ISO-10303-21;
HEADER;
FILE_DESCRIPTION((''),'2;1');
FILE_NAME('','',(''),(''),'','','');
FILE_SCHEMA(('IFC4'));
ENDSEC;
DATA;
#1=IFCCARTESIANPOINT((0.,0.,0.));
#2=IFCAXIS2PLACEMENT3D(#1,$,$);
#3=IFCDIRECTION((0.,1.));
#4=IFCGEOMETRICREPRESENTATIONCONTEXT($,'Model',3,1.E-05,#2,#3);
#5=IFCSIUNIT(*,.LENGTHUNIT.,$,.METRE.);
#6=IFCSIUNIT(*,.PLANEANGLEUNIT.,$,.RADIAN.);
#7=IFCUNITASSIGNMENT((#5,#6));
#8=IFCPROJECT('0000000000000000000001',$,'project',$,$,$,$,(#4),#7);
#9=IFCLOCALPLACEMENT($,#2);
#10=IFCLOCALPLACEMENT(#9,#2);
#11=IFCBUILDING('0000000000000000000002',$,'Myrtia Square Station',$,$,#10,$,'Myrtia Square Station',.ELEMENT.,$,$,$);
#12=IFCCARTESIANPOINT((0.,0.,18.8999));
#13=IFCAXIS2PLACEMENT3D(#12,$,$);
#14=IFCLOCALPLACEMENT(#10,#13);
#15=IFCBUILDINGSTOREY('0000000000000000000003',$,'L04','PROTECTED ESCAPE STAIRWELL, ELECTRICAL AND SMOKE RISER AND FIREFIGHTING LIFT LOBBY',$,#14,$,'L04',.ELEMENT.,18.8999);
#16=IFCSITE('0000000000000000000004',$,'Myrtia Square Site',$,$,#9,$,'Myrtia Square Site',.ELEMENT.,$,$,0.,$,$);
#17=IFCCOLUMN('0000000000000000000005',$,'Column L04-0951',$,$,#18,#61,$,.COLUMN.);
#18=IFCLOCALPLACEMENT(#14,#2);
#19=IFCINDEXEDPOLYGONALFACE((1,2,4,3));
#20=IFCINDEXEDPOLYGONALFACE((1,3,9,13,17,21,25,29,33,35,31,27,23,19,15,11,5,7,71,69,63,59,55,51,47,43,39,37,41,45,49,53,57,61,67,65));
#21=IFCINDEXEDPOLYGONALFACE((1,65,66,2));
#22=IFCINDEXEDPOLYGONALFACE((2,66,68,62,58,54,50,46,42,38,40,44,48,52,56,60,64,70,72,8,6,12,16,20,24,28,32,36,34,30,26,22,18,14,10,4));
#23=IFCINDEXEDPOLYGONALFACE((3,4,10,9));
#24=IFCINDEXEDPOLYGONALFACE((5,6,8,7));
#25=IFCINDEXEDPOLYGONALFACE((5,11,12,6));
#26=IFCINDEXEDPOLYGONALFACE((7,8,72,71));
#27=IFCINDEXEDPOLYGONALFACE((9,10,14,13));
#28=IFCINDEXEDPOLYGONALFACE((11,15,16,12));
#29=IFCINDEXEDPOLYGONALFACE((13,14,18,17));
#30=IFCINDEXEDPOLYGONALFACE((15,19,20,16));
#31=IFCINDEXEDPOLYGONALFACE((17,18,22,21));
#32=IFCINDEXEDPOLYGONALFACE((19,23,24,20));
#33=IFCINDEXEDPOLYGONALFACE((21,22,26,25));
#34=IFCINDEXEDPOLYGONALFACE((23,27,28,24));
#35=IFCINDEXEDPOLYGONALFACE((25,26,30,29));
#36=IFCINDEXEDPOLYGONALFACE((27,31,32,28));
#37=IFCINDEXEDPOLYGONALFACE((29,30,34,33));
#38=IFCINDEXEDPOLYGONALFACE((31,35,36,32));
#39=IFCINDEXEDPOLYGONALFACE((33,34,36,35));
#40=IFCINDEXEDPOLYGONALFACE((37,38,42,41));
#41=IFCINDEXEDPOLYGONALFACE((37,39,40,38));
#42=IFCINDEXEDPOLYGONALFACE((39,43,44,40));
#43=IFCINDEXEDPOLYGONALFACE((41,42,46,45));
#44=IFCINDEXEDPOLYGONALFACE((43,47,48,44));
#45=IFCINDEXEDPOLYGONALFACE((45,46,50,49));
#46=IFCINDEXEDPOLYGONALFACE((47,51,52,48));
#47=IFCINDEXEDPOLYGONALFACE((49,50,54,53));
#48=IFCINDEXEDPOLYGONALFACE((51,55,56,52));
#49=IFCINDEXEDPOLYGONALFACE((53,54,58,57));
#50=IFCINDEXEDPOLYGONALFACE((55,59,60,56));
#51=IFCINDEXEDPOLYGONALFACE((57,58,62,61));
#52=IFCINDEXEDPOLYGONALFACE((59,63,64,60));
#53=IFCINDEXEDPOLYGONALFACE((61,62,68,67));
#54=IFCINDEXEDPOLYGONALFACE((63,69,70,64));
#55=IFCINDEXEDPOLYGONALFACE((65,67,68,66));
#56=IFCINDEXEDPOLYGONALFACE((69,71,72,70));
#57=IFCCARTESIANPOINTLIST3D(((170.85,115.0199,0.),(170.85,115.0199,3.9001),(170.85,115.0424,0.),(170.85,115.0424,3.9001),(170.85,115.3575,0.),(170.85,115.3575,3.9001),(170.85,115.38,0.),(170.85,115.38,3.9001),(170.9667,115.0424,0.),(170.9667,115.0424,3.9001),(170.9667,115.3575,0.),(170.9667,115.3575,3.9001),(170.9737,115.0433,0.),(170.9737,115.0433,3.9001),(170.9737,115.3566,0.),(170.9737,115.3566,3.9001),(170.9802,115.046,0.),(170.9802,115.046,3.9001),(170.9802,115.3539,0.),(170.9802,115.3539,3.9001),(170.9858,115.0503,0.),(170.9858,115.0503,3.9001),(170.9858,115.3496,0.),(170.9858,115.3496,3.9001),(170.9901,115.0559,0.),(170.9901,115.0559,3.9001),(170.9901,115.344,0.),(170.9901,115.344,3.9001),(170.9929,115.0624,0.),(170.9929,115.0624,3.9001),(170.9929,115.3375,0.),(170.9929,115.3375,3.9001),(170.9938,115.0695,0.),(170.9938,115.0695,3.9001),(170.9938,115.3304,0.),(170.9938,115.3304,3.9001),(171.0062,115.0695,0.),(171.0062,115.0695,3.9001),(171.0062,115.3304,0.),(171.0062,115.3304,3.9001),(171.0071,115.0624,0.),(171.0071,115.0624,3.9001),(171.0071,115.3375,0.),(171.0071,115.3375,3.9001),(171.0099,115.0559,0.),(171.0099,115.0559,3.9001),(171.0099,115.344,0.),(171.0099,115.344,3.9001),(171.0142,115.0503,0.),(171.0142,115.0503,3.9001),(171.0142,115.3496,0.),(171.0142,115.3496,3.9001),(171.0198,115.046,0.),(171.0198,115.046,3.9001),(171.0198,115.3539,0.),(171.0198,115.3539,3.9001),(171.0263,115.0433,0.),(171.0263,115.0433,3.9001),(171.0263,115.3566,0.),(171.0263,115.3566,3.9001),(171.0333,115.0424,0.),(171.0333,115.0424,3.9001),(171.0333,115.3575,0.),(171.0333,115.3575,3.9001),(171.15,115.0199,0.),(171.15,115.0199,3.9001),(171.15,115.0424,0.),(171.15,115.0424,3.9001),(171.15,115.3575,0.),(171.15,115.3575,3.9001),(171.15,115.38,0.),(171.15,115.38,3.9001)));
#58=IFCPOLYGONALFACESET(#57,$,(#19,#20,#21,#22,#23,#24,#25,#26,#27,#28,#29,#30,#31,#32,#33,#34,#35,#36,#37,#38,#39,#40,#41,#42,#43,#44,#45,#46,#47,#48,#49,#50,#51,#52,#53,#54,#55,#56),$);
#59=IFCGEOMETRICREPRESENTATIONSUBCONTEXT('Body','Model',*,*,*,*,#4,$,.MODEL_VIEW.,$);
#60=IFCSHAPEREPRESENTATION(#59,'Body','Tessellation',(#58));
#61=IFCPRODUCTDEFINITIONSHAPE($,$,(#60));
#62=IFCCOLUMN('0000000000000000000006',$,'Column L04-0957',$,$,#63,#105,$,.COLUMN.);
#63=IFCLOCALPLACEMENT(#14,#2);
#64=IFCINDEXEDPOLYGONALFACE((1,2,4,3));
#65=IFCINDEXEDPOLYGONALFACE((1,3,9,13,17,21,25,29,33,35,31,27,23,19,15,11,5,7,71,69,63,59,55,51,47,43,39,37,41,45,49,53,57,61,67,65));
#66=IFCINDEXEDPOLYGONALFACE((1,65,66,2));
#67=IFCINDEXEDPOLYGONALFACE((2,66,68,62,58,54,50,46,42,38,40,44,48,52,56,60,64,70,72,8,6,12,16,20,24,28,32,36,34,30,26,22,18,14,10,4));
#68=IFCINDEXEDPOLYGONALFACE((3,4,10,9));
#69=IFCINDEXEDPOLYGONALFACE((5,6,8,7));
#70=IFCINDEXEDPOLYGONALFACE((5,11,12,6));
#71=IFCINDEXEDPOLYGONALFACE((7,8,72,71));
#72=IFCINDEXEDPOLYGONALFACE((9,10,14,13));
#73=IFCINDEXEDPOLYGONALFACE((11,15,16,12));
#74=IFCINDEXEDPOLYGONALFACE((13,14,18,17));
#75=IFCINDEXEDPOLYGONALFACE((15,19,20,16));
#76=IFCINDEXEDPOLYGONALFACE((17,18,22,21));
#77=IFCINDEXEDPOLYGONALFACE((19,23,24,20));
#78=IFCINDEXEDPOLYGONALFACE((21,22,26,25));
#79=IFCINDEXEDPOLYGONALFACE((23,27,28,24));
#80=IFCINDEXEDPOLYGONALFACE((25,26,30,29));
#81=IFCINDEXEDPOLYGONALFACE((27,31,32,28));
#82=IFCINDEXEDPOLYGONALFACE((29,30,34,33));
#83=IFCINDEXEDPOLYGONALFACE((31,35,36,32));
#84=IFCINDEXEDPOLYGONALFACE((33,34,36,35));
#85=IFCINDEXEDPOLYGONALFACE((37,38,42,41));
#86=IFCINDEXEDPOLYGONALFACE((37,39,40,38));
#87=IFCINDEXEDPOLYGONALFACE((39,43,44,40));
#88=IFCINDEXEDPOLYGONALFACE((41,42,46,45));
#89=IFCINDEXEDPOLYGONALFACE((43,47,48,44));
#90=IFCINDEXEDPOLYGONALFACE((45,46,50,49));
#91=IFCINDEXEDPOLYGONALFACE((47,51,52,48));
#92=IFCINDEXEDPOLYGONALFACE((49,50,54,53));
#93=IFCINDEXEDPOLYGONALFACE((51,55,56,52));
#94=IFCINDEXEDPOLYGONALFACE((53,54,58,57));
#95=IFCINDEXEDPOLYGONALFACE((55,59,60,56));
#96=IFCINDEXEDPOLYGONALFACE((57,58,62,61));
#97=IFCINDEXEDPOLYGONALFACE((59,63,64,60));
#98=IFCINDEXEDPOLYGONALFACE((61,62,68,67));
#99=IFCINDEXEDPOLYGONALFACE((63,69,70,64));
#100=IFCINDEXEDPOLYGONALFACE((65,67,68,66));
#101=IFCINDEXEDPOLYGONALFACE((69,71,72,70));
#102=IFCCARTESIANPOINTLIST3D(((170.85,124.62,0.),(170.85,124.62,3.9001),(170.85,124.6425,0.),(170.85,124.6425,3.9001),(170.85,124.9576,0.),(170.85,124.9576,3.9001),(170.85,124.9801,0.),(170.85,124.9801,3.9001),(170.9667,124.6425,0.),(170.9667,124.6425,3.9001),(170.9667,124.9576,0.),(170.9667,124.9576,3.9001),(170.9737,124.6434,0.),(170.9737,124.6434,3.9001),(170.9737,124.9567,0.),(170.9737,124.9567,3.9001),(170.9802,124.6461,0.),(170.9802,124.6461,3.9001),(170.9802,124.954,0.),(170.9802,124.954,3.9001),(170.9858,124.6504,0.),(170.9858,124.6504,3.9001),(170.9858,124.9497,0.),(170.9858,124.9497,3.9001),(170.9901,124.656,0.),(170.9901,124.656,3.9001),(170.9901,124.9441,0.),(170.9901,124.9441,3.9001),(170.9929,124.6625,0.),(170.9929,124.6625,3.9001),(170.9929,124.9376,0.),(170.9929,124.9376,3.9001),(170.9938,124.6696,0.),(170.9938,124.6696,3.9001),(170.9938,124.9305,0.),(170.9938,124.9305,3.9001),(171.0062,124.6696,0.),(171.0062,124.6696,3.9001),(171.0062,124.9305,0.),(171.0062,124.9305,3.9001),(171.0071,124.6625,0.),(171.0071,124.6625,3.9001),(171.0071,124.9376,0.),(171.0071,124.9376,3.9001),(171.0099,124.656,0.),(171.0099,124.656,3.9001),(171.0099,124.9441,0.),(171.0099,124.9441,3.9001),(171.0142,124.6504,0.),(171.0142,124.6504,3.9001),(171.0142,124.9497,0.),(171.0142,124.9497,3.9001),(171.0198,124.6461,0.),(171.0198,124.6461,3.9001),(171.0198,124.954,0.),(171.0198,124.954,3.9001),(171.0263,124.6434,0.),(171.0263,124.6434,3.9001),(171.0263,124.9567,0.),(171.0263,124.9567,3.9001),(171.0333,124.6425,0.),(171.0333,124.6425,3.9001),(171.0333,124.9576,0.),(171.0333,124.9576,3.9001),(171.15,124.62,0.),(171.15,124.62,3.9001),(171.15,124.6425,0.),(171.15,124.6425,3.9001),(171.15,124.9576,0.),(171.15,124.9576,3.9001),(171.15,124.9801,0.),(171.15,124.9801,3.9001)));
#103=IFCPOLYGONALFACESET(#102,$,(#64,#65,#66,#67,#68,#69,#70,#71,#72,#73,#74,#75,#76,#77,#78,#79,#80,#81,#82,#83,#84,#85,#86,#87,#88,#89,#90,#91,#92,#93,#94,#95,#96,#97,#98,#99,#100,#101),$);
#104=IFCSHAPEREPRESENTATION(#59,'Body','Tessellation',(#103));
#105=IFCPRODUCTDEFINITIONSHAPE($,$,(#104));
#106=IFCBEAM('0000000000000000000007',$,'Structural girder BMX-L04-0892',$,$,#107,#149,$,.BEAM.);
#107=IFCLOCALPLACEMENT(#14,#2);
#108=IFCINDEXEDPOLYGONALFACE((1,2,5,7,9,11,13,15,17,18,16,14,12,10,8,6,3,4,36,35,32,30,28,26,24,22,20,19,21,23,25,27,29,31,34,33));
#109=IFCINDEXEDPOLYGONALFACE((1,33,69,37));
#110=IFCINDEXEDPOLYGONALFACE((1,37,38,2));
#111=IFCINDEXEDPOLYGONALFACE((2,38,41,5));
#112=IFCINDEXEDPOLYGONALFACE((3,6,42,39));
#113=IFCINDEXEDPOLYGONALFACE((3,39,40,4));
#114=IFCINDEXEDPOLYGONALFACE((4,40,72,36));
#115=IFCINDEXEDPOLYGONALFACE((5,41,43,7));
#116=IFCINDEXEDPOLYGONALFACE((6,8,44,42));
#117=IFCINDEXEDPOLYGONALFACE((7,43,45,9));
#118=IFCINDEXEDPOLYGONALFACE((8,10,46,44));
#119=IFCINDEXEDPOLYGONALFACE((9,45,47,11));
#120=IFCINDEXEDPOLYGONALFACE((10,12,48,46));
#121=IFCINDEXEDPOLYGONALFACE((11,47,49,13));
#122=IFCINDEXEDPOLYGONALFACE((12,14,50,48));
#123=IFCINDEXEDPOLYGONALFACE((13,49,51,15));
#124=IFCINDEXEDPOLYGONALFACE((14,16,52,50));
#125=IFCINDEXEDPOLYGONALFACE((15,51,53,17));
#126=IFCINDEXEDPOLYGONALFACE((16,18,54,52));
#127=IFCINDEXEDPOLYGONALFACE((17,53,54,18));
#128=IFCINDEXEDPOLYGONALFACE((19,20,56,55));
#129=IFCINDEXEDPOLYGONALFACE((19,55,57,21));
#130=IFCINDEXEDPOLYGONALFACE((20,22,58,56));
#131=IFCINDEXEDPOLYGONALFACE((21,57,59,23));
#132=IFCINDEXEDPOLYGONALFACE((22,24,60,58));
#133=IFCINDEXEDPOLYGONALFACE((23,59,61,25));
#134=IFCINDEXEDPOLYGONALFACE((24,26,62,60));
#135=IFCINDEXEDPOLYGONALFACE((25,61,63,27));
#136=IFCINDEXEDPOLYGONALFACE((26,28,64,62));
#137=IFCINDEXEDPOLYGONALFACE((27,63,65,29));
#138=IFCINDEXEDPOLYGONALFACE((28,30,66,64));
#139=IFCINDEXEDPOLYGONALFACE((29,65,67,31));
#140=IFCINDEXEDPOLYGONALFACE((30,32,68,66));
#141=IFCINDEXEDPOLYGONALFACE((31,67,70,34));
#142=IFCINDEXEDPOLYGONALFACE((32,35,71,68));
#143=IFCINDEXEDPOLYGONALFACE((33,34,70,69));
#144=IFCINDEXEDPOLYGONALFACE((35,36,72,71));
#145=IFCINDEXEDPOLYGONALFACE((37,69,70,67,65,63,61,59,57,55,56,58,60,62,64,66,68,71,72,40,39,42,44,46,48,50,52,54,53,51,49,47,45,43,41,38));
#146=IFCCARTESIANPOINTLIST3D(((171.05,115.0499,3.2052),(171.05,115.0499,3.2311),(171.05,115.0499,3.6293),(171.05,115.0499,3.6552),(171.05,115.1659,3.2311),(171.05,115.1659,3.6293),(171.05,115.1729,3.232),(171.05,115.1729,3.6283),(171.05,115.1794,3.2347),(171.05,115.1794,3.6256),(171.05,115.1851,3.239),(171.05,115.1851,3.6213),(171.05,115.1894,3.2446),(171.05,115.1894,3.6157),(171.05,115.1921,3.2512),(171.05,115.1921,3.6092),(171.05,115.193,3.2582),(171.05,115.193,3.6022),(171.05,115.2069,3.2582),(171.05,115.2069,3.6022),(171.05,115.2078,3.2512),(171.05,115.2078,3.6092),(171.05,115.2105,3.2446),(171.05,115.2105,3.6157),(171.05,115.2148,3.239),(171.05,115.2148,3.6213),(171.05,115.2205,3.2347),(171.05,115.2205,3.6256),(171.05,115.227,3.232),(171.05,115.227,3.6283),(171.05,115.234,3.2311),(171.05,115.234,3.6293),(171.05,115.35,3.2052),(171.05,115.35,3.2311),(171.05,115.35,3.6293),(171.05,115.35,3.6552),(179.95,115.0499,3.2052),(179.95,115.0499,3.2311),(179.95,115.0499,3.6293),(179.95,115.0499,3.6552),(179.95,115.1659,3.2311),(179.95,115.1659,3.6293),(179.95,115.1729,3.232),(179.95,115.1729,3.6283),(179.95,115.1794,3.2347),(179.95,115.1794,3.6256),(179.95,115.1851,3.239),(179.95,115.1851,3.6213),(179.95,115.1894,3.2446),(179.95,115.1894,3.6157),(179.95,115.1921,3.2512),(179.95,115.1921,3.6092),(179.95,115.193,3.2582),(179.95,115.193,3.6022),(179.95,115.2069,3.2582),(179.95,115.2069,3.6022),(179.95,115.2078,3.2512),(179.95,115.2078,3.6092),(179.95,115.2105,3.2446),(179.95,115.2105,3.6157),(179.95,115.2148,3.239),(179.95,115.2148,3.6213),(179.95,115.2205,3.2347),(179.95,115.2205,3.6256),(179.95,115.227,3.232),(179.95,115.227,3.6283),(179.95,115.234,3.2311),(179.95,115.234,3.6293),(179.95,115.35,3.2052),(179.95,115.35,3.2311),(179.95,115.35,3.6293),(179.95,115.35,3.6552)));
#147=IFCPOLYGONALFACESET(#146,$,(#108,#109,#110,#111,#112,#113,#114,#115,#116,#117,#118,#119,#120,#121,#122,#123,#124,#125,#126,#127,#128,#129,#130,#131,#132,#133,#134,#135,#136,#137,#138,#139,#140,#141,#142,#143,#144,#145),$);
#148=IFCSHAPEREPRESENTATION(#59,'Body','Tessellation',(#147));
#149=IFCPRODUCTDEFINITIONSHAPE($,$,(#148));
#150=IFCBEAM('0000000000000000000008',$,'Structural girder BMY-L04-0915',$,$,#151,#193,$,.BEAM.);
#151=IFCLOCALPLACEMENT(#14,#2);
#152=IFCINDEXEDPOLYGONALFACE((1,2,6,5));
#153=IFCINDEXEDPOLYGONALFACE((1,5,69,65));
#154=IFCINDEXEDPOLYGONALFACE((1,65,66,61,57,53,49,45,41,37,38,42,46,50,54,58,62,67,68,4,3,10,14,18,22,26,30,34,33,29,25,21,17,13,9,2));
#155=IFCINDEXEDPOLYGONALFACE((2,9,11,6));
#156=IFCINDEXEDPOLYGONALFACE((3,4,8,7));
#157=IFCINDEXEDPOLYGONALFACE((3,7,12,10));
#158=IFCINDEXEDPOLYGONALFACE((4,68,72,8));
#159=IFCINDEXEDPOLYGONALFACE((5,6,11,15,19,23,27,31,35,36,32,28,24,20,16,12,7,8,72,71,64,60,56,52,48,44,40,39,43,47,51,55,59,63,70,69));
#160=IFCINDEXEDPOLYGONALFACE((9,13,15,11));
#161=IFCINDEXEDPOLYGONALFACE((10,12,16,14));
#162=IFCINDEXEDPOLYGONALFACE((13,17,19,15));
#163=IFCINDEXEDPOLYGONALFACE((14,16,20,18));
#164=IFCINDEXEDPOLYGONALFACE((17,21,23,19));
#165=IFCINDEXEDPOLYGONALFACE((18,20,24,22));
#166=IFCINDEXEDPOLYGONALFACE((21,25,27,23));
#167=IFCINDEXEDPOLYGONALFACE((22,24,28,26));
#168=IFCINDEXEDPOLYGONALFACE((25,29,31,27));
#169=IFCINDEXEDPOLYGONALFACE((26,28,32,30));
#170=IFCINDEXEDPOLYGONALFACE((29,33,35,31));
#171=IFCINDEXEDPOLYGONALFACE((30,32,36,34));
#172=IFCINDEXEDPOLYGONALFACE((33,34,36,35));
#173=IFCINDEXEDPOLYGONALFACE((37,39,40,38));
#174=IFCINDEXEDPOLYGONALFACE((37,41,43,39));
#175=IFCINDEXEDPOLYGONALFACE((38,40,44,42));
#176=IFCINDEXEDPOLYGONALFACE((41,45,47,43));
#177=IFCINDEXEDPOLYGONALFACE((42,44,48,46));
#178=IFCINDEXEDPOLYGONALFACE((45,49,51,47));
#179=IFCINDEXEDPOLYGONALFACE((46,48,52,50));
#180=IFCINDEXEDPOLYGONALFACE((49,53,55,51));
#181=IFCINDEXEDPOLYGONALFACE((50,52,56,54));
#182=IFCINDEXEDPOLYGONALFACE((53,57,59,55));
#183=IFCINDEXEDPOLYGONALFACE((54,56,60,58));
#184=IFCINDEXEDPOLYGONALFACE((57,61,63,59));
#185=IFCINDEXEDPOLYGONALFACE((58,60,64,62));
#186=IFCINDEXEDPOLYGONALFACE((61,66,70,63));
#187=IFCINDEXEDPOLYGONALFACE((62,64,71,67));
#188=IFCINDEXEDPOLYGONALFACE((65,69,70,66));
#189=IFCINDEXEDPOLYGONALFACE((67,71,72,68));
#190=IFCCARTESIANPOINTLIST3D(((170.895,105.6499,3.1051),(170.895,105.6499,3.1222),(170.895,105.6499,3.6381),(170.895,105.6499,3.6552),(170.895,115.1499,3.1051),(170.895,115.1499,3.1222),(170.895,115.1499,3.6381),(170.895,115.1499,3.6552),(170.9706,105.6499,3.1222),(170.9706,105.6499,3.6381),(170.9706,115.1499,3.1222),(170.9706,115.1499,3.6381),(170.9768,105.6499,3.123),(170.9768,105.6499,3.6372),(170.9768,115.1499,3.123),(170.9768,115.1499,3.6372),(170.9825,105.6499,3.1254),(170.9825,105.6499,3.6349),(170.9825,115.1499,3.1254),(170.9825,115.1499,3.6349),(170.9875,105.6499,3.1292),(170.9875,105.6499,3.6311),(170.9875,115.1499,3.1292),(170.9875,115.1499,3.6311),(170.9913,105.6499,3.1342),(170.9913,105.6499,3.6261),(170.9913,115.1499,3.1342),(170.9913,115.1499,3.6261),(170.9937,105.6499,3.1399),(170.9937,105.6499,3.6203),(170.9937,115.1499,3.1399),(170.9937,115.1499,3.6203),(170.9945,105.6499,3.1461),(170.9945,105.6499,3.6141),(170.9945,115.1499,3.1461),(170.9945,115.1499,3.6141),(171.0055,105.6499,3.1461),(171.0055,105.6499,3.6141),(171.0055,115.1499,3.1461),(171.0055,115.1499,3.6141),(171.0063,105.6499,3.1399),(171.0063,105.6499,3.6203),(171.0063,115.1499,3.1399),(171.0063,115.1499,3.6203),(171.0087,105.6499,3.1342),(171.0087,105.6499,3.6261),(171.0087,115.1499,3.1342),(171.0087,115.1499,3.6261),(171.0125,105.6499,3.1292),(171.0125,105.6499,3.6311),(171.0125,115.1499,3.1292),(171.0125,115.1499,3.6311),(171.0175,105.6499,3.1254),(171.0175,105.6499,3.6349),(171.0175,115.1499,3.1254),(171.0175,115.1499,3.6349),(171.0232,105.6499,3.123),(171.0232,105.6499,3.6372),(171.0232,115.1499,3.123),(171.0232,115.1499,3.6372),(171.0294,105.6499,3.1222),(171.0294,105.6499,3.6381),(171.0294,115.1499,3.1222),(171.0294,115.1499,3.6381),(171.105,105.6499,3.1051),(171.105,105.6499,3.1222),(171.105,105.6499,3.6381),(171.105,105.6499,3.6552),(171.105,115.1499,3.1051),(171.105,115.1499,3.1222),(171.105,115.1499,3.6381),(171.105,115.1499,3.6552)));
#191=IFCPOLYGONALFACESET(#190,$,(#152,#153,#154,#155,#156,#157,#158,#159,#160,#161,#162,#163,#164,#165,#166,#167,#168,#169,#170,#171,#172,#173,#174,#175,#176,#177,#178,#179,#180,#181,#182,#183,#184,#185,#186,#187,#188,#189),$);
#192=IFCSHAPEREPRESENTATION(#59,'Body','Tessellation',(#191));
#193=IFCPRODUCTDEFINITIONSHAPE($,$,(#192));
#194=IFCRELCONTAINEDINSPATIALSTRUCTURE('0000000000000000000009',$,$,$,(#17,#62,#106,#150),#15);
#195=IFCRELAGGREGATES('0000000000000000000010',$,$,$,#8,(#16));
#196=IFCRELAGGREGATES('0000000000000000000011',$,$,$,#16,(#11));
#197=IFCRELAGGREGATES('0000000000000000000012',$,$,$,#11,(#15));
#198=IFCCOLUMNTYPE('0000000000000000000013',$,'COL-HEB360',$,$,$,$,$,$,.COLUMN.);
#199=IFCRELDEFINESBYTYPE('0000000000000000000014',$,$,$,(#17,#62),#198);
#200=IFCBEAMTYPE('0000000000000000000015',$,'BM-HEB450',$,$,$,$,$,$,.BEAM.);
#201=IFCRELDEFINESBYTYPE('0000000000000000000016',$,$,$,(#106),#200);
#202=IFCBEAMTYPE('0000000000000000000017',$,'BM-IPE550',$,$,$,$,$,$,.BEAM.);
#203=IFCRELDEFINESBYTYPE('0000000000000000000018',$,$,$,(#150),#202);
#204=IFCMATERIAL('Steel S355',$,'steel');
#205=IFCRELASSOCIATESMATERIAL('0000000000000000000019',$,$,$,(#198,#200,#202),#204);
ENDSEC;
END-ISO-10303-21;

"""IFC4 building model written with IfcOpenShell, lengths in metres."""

from ifc_helpers import new_model, si_unit, direction, frame, origin, origin_2d, place, context, subcontext, project, spatial, i_section, extrude, material, material_profile, profile_set, type_object, element, save


model = new_model("IFC4")

# Units and contexts
model_context = context("Model", 3, precision=1e-05, world=origin(), true_north=direction((0.0, 1.0)))
body_context = subcontext(model_context, "Body", "Model", "MODEL_VIEW")
ifc_project = project(units=[si_unit("LENGTHUNIT", "METRE"), si_unit("PLANEANGLEUNIT", "RADIAN")], contexts=[model_context])

# Site, building, storey
site_placement = place(None, origin())
site = spatial("IfcSite", under=ifc_project, at=site_placement, Name="Myrtia Square Site", LongName="Myrtia Square Site", CompositionType="ELEMENT", RefElevation=0.0)
building_placement = place(site_placement, origin())
building = spatial("IfcBuilding", under=site, at=building_placement, Name="Myrtia Square Station", LongName="Myrtia Square Station", CompositionType="ELEMENT")
storey_placement = place(building_placement, frame((0.0, 0.0, 18.8999)))
storey = spatial("IfcBuildingStorey", under=building, at=storey_placement, Name="L04", Description="PROTECTED ESCAPE STAIRWELL, ELECTRICAL AND SMOKE RISER AND FIREFIGHTING LIFT LOBBY", LongName="L04", CompositionType="ELEMENT", Elevation=18.8999)

# Columns
ifc_material_1 = material(Name="Steel S355", Category="steel")
ifc_material_profile_1 = material_profile(ifc_material_1, i_section(OverallWidth=0.3, OverallDepth=0.3601, WebThickness=0.0125, FlangeThickness=0.0225, FilletRadius=0.0271, at=origin_2d()), Name="HEB 360")
ifc_profile_set_1 = profile_set([ifc_material_profile_1], Name="Steel S355")
column_type = type_object("IfcColumnType", Name="COL-HEB360", PredefinedType="COLUMN", material=ifc_profile_set_1)
for number, where, z_axis, x_axis, name in (
    (1, (171.0, 115.2, 0.0), (0.0, 0.0, 1.0), (1.0, 0.0, 0.0), "Column L04-0951"),
    (2, (171.0, 124.8, 0.0), (0.0, 0.0, 1.0), (1.0, 0.0, 0.0), "Column L04-0957"),
):
    element("IfcColumn", number, at=place(storey_placement, frame(where, z_axis=z_axis, x_axis=x_axis)), inside=storey, type_object=column_type, Name=name, PredefinedType="COLUMN", context=body_context, shape_type="SweptSolid", body=[
        extrude(i_section(OverallWidth=0.3, OverallDepth=0.3601, WebThickness=0.0125, FlangeThickness=0.0225, FilletRadius=0.0271, at=origin_2d()), origin(), (0.0, 0.0, 1.0), 3.9001),
    ])

# Beams
ifc_material_profile_2 = material_profile(ifc_material_1, i_section(OverallWidth=0.3, OverallDepth=0.45, WebThickness=0.0139, FlangeThickness=0.0259, FilletRadius=0.0271, at=origin_2d()), Name="HEB 450")
ifc_profile_set_2 = profile_set([ifc_material_profile_2], Name="Steel S355")
beam_type_1 = type_object("IfcBeamType", Name="BM-HEB450", PredefinedType="BEAM", material=ifc_profile_set_2)
beam_1_placement = place(storey_placement, frame((171.05, 115.2, 3.4302), z_axis=(1.0, 0.0, 0.0), x_axis=(0.0, 1.0, 0.0)))
element("IfcBeam", 3, at=beam_1_placement, inside=storey, type_object=beam_type_1, Name="Structural girder BMX-L04-0892", PredefinedType="BEAM", context=body_context, shape_type="SweptSolid", body=[
    extrude(i_section(OverallWidth=0.3, OverallDepth=0.45, WebThickness=0.0139, FlangeThickness=0.0259, FilletRadius=0.0271, at=origin_2d()), origin(), (0.0, 0.0, 1.0), 8.8999),
])
ifc_material_profile_3 = material_profile(ifc_material_1, i_section(OverallWidth=0.21, OverallDepth=0.55, WebThickness=0.011, FlangeThickness=0.0171, FilletRadius=0.0239, at=origin_2d()), Name="IPE 550")
ifc_profile_set_3 = profile_set([ifc_material_profile_3], Name="Steel S355")
beam_type_2 = type_object("IfcBeamType", Name="BM-IPE550", PredefinedType="BEAM", material=ifc_profile_set_3)
for number, where, z_axis, x_axis, name in (
    (4, (171.0, 105.6499, 3.3801), (0.0, 1.0, 0.0), (-1.0, 0.0, 0.0), "Structural girder BMY-L04-0915"),
):
    element("IfcBeam", number, at=place(storey_placement, frame(where, z_axis=z_axis, x_axis=x_axis)), inside=storey, type_object=beam_type_2, Name=name, PredefinedType="BEAM", context=body_context, shape_type="SweptSolid", body=[
        extrude(i_section(OverallWidth=0.21, OverallDepth=0.55, WebThickness=0.011, FlangeThickness=0.0171, FilletRadius=0.0239, at=origin_2d()), origin(), (0.0, 0.0, 1.0), 9.5),
    ])

save(model, "model.ifc")
